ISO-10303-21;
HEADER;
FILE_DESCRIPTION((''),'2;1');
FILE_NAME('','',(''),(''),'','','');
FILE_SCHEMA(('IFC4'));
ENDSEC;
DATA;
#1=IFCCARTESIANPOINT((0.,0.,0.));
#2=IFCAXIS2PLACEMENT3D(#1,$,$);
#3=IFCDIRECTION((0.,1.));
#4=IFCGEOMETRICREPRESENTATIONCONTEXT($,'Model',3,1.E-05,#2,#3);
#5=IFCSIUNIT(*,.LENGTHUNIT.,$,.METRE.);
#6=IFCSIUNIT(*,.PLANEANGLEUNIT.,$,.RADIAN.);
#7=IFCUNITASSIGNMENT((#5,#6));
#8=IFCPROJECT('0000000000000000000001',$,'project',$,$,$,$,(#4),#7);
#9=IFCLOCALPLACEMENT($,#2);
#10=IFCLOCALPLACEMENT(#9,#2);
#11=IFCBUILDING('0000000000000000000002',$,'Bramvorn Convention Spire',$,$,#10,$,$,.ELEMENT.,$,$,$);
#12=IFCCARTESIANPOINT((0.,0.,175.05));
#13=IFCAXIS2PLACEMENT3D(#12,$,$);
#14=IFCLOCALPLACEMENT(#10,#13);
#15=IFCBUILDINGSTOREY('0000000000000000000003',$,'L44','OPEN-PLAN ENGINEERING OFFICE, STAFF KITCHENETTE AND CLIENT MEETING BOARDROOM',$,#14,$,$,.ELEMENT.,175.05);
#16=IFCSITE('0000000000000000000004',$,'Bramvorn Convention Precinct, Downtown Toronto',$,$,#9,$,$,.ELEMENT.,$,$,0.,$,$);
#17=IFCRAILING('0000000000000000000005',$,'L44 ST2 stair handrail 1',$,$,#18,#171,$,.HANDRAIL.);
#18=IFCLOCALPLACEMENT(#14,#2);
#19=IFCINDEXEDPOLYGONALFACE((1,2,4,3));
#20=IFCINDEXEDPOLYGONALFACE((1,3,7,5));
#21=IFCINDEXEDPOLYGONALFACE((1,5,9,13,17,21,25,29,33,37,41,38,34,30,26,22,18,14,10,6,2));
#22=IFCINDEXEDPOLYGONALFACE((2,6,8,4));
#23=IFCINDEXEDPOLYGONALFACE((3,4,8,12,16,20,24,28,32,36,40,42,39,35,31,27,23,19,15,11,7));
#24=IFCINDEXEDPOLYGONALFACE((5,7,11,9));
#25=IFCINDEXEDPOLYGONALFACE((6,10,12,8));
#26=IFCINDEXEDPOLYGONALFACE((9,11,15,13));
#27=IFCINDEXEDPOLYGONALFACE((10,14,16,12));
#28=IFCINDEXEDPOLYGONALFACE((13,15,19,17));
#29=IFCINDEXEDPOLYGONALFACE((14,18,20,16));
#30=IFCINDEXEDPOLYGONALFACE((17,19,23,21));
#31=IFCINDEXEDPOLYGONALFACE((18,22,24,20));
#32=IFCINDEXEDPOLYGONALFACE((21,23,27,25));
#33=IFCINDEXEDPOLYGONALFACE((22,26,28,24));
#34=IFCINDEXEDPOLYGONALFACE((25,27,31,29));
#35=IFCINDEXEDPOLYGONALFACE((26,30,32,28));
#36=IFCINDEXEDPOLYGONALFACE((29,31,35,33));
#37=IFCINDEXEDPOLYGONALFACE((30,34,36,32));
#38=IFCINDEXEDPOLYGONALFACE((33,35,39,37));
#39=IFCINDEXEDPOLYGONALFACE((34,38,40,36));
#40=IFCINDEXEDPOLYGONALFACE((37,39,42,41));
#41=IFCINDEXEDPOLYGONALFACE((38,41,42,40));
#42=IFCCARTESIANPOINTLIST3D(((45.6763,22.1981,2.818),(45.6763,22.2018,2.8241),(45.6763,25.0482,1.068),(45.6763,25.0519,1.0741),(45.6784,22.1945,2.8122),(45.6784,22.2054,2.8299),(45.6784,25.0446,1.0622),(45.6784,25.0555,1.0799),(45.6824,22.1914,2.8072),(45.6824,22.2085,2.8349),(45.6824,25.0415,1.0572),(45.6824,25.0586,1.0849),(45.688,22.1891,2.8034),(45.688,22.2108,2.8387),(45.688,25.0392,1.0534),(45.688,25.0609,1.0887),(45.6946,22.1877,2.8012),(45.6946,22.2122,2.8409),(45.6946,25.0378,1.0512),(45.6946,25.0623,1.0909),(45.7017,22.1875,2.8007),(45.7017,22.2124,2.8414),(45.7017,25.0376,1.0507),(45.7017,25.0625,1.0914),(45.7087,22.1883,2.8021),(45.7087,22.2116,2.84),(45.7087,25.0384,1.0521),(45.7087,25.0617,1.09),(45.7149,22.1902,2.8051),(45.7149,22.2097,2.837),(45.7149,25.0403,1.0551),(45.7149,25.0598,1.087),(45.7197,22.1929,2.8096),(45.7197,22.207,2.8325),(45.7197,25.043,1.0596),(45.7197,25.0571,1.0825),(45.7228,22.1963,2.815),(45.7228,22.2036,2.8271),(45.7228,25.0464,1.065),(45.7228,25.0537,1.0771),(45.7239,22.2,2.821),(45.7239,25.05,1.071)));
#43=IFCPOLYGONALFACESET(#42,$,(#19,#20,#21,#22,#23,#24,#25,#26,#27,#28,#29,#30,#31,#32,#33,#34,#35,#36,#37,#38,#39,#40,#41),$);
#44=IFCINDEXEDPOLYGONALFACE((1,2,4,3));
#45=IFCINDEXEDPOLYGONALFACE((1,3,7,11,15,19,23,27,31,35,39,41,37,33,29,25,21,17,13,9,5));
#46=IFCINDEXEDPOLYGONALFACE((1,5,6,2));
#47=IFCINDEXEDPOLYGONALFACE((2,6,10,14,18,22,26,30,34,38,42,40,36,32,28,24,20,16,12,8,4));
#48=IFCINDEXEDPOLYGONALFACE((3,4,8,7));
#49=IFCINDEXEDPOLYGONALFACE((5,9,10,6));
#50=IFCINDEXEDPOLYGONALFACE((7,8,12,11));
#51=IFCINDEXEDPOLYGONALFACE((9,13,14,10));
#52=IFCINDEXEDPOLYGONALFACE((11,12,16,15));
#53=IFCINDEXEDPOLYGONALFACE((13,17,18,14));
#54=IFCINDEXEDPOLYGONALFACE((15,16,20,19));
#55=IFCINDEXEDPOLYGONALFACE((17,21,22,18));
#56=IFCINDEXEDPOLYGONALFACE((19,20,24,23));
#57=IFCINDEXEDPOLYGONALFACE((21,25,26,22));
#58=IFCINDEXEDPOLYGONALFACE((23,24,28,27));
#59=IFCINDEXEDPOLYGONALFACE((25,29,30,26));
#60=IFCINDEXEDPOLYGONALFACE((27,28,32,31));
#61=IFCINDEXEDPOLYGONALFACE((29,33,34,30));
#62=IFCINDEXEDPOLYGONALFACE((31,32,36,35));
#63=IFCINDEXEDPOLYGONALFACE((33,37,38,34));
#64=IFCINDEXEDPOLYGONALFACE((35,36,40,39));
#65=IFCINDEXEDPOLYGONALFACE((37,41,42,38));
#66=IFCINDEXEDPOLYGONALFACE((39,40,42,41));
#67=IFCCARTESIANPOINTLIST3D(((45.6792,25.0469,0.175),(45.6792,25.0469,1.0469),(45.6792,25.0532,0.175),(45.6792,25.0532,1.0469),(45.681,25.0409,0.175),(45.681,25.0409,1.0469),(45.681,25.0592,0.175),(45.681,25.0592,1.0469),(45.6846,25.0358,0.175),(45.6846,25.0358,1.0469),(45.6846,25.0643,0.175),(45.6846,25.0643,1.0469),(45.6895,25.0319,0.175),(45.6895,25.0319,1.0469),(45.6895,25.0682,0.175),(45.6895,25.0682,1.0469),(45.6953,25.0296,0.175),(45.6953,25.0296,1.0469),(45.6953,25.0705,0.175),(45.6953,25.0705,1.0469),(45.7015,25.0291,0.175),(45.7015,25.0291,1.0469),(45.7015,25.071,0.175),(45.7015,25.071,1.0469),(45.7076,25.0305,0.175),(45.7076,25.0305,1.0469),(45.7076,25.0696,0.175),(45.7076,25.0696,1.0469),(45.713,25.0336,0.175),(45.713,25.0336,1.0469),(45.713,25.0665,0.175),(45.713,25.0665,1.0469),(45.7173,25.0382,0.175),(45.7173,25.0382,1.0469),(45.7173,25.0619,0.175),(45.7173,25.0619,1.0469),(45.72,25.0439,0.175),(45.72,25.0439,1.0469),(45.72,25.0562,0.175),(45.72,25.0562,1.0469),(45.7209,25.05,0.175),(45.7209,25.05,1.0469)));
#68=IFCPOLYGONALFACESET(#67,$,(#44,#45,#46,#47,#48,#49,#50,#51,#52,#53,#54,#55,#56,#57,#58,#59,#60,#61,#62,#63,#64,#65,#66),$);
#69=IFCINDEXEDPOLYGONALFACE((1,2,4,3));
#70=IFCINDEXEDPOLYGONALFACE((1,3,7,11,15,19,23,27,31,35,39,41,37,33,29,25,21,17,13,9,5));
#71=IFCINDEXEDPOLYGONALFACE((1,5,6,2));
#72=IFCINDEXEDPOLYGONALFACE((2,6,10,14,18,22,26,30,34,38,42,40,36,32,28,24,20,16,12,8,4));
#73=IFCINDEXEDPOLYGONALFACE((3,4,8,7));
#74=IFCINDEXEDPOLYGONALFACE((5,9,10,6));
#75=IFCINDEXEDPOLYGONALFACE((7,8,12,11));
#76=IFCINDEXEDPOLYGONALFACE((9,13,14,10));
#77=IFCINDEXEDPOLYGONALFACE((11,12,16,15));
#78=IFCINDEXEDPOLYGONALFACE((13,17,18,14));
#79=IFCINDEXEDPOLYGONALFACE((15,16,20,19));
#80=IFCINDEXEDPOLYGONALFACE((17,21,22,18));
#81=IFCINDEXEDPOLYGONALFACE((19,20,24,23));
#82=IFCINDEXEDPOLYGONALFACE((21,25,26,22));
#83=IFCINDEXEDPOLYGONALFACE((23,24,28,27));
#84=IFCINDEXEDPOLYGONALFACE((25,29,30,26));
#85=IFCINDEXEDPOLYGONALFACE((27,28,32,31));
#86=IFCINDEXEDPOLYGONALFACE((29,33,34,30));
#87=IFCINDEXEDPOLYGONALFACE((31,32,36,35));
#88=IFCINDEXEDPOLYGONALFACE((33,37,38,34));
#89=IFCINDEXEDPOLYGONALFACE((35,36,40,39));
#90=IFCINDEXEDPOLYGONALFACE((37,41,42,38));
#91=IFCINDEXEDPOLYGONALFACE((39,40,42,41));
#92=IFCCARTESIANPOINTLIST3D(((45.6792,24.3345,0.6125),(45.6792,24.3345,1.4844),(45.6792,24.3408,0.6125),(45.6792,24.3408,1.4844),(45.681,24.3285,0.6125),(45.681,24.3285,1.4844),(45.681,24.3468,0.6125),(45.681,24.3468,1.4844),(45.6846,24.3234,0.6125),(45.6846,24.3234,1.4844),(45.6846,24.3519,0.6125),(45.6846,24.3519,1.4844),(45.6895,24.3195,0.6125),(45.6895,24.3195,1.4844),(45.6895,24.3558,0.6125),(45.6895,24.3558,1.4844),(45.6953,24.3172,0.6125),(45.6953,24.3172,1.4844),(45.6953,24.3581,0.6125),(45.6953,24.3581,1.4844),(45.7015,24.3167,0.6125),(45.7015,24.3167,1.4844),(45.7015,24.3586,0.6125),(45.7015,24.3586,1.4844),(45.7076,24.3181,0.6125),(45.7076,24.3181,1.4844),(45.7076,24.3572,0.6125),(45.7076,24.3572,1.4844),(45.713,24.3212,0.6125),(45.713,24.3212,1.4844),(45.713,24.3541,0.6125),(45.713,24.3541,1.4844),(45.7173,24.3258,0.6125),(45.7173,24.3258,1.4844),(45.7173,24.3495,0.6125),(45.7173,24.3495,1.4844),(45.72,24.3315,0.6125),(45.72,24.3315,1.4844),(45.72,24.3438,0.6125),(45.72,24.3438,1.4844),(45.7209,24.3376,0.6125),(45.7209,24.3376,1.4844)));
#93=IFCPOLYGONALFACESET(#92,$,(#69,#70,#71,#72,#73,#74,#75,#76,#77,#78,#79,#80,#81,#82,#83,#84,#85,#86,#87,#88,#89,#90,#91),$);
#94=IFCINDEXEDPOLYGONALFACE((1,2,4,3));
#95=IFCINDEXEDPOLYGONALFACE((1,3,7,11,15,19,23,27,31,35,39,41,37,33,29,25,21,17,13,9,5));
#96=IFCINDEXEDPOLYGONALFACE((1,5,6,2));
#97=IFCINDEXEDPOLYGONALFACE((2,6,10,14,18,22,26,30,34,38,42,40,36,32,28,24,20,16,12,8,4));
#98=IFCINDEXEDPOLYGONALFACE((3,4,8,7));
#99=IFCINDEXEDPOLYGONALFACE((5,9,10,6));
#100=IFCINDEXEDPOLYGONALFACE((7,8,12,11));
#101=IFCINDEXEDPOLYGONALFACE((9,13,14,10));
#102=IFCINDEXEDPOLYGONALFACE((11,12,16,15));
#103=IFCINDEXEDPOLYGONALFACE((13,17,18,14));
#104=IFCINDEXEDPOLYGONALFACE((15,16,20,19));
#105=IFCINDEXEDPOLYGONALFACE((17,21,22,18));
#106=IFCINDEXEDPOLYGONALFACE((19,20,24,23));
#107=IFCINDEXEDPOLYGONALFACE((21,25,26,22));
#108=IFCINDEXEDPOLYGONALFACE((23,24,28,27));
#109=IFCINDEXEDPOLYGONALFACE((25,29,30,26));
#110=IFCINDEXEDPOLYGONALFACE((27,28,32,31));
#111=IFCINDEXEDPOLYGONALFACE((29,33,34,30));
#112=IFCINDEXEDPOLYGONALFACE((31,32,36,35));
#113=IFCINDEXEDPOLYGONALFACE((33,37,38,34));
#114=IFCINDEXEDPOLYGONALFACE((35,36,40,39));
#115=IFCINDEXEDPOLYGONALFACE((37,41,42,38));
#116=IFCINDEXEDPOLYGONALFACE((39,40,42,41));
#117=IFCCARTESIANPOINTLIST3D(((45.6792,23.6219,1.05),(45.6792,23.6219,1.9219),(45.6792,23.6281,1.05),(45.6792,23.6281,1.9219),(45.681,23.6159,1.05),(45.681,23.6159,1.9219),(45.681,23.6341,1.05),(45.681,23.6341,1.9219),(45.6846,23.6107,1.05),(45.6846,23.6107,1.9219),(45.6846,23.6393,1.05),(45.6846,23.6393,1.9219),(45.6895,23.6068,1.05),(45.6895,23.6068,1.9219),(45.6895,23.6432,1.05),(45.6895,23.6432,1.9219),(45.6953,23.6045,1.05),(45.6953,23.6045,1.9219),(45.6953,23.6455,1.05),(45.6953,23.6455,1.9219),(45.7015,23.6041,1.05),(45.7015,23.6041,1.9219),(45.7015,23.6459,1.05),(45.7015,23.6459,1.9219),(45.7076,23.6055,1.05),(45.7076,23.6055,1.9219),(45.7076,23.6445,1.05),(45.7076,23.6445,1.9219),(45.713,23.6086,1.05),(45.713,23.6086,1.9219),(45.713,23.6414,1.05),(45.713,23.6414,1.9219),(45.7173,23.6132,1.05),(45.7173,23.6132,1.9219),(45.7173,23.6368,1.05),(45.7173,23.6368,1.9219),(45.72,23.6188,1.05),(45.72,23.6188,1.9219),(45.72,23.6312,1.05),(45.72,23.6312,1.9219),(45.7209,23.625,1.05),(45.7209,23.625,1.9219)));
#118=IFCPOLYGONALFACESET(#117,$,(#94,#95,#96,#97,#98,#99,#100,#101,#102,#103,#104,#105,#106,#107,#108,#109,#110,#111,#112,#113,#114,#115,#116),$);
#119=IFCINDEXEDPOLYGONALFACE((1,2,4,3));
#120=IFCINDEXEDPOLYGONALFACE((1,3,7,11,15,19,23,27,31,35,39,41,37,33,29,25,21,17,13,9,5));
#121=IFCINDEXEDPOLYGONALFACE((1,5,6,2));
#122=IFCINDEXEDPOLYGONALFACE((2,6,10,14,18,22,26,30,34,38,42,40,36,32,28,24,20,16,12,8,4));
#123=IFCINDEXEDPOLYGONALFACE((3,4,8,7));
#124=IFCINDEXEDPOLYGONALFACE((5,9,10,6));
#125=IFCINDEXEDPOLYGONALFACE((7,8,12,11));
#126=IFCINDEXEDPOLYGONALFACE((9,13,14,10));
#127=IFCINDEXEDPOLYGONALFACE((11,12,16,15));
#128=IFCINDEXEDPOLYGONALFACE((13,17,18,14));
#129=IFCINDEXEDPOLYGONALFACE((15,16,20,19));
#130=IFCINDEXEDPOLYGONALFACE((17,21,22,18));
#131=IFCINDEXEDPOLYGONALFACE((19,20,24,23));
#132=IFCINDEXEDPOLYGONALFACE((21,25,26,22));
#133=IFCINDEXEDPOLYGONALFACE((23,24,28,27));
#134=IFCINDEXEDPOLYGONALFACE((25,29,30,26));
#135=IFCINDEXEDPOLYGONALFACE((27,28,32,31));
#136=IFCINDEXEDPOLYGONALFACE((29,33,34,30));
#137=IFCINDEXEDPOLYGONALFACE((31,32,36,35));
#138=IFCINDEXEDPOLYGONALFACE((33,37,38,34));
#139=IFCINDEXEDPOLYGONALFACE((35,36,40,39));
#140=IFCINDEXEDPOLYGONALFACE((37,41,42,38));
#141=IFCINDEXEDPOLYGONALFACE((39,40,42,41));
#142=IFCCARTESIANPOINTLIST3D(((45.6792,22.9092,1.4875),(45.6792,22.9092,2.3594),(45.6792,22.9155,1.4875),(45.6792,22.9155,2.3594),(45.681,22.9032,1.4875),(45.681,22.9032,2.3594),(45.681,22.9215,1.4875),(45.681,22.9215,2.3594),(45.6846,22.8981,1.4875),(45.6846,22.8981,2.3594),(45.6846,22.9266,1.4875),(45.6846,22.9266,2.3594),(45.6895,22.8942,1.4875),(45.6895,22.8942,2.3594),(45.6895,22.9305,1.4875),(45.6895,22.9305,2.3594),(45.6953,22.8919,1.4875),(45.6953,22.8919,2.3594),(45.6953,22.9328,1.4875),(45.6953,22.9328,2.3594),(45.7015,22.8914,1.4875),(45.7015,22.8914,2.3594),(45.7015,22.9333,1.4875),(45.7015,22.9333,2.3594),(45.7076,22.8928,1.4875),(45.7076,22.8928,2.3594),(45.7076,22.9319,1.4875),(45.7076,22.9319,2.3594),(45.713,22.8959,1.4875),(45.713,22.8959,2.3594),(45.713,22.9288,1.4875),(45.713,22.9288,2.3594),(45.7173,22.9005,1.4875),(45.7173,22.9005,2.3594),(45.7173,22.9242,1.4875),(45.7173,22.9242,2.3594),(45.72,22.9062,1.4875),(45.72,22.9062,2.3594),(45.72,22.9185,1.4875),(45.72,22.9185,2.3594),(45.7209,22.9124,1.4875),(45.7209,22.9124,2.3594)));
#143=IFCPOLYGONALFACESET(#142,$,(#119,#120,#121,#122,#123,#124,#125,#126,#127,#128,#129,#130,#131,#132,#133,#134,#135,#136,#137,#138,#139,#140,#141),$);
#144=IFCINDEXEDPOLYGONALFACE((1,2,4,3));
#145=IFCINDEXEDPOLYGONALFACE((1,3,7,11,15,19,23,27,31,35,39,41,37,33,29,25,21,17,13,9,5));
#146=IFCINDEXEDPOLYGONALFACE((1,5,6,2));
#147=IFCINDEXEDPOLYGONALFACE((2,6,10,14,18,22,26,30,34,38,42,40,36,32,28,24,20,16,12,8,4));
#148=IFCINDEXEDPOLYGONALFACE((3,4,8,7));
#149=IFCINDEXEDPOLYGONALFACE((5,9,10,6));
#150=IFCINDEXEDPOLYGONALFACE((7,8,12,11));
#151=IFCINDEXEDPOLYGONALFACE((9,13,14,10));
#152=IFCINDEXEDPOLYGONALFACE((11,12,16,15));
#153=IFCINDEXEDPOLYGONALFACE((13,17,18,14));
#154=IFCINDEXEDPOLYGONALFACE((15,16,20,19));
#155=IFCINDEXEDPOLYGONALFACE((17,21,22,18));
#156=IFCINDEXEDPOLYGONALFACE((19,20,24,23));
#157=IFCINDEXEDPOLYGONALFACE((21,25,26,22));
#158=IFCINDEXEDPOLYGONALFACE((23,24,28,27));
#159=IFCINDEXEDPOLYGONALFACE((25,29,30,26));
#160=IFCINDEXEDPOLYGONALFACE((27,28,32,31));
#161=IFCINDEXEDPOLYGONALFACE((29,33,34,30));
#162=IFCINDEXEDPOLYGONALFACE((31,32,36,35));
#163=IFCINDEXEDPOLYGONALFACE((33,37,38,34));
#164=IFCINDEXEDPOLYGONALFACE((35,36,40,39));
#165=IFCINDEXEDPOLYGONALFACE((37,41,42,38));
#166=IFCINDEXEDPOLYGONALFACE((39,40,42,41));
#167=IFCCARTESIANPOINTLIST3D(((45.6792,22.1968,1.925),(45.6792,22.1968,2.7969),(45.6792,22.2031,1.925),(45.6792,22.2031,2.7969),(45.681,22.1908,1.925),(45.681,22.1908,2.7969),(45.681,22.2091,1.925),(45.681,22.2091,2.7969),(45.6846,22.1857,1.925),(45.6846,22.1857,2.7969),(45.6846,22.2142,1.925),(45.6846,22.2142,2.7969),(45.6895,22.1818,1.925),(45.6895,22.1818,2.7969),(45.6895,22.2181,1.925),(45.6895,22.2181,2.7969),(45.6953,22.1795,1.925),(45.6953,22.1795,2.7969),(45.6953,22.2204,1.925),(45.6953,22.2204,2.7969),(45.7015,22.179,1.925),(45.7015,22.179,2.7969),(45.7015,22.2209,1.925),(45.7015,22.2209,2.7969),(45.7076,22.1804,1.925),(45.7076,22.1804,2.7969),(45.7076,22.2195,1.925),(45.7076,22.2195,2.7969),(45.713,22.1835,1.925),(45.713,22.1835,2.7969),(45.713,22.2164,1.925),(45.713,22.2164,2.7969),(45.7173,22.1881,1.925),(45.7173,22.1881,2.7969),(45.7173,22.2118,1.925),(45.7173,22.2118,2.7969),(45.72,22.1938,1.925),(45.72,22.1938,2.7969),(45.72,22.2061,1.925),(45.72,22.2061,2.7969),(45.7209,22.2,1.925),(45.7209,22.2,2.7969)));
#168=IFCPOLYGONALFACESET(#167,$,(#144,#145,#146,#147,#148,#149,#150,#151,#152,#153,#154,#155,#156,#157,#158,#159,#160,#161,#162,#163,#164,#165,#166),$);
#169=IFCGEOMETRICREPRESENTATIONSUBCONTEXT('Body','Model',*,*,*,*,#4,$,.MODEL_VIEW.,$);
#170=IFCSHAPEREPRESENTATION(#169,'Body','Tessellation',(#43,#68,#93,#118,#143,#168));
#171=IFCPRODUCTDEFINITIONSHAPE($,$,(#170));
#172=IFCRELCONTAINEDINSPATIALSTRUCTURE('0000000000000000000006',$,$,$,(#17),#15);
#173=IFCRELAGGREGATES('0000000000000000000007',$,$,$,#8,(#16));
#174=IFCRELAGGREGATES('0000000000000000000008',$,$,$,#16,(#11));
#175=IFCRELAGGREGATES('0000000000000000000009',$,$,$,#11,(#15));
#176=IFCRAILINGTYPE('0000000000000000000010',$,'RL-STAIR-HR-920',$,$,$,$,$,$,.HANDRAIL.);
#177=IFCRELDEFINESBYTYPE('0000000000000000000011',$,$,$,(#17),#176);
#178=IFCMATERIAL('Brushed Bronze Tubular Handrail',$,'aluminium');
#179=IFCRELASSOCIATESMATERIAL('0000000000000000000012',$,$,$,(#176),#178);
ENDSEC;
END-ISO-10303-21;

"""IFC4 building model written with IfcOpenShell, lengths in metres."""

from ifc_helpers import new_model, si_unit, direction, frame, origin, origin_2d, place, context, subcontext, project, spatial, circle, extrude, material, type_object, element, save


model = new_model("IFC4")

# Units and contexts
model_context = context("Model", 3, precision=1e-05, world=origin(), true_north=direction((0.0, 1.0)))
body_context = subcontext(model_context, "Body", "Model", "MODEL_VIEW")
ifc_project = project(units=[si_unit("LENGTHUNIT", "METRE"), si_unit("PLANEANGLEUNIT", "RADIAN")], contexts=[model_context])

# Site, building, storey
site_placement = place(None, origin())
site = spatial("IfcSite", under=ifc_project, at=site_placement, Name="Bramvorn Convention Precinct, Downtown Toronto", CompositionType="ELEMENT", RefElevation=0.0)
building_placement = place(site_placement, origin())
building = spatial("IfcBuilding", under=site, at=building_placement, Name="Bramvorn Convention Spire", CompositionType="ELEMENT")
storey_placement = place(building_placement, frame((0.0, 0.0, 175.05)))
storey = spatial("IfcBuildingStorey", under=building, at=storey_placement, Name="L44", Description="OPEN-PLAN ENGINEERING OFFICE, STAFF KITCHENETTE AND CLIENT MEETING BOARDROOM", CompositionType="ELEMENT", Elevation=175.05)

# Railing
ifc_material_1 = material(Name="Brushed Bronze Tubular Handrail", Category="aluminium")
railing_type_1 = type_object("IfcRailingType", Name="RL-STAIR-HR-920", PredefinedType="HANDRAIL", material=ifc_material_1)
railing_1_placement = place(storey_placement, frame((45.7, 25.05, 0.175)))
element("IfcRailing", 1, at=railing_1_placement, inside=storey, type_object=railing_type_1, Name="L44 ST2 stair handrail 1", PredefinedType="HANDRAIL", context=body_context, shape_type="SweptSolid", body=[
    extrude(circle(Radius=0.0239, at=origin_2d()), frame((0.0, 0.0, 0.896), z_axis=(0.0, -0.852179, 0.52325), x_axis=(1.0, 0.0, 0.0)), (0.0, 0.0, 1.0), 3.3445),
    extrude(circle(Radius=0.021, at=origin_2d()), origin(), (0.0, 0.0, 1.0), 0.8718),
    extrude(circle(Radius=0.021, at=origin_2d()), frame((0.0, -0.7124, 0.4375)), (0.0, 0.0, 1.0), 0.8718),
    extrude(circle(Radius=0.021, at=origin_2d()), frame((0.0, -1.425, 0.875)), (0.0, 0.0, 1.0), 0.8718),
    extrude(circle(Radius=0.021, at=origin_2d()), frame((0.0, -2.1377, 1.3125)), (0.0, 0.0, 1.0), 0.8718),
    extrude(circle(Radius=0.021, at=origin_2d()), frame((0.0, -2.8501, 1.75)), (0.0, 0.0, 1.0), 0.8718),
])

save(model, "model.ifc")
